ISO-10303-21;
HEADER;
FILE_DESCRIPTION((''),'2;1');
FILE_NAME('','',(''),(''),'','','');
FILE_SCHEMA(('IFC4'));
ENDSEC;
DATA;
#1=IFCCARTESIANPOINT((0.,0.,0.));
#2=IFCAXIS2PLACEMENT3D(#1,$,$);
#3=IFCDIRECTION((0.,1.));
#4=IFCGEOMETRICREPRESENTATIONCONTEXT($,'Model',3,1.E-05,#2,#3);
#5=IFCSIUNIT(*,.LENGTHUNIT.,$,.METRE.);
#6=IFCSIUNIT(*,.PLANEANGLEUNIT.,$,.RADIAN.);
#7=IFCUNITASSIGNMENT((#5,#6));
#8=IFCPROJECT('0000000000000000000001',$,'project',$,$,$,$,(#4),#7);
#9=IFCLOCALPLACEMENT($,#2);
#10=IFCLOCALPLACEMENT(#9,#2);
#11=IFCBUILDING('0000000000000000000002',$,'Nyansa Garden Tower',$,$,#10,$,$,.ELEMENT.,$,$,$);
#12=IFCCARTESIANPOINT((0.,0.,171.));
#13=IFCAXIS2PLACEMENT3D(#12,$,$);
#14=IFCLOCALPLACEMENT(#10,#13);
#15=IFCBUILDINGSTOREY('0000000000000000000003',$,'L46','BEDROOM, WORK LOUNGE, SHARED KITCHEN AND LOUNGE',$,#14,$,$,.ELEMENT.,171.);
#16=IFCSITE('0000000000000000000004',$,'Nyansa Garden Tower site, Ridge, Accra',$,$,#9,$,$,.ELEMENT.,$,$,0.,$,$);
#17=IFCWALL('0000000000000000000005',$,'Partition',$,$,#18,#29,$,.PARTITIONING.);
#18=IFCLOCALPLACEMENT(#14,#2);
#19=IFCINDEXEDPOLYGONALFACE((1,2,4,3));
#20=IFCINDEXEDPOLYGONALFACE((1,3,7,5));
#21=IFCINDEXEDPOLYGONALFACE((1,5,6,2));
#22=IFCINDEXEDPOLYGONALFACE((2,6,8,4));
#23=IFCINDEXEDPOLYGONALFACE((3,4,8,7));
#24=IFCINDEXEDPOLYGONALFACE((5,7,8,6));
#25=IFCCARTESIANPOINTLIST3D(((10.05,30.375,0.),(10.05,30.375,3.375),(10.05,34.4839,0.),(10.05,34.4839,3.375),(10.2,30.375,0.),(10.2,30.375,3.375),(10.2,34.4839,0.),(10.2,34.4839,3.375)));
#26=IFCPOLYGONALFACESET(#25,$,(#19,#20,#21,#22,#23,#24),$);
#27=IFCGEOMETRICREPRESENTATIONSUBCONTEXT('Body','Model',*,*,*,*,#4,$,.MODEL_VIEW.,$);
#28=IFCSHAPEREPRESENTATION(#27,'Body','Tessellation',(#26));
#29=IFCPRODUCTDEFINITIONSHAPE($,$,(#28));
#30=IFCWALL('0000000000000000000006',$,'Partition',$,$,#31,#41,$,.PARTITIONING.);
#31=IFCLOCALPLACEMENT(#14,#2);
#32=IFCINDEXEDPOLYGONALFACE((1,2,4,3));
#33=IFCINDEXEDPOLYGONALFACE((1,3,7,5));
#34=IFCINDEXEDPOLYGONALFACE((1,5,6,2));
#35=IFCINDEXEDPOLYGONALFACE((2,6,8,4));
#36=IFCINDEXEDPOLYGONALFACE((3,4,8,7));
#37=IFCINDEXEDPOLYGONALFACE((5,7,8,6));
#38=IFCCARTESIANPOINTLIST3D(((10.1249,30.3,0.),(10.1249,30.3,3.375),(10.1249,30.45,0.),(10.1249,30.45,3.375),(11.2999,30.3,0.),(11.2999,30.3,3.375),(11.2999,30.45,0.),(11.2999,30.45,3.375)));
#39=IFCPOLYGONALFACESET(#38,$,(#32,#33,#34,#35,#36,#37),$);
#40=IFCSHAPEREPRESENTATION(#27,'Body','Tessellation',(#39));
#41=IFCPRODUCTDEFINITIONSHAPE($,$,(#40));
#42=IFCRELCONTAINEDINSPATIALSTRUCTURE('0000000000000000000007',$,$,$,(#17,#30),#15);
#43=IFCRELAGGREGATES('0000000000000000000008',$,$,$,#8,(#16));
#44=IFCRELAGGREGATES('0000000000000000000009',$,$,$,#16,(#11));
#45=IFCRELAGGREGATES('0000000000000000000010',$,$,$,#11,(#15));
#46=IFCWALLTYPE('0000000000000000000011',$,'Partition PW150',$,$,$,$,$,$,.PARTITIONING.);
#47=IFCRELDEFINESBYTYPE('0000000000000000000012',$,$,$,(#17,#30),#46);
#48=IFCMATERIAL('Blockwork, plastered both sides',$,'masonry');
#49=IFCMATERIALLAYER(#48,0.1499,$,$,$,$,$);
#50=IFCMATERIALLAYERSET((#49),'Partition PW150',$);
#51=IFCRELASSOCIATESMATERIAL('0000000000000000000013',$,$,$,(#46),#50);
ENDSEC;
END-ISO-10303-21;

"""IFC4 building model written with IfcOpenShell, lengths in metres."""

from ifc_helpers import new_model, si_unit, direction, frame, frame_2d, origin, place, context, subcontext, project, spatial, rectangle, extrude, material, layer, layer_set, type_object, element, save


model = new_model("IFC4")

# Units and contexts
model_context = context("Model", 3, precision=1e-05, world=origin(), true_north=direction((0.0, 1.0)))
body_context = subcontext(model_context, "Body", "Model", "MODEL_VIEW")
ifc_project = project(units=[si_unit("LENGTHUNIT", "METRE"), si_unit("PLANEANGLEUNIT", "RADIAN")], contexts=[model_context])

# Site, building, storey
site_placement = place(None, origin())
site = spatial("IfcSite", under=ifc_project, at=site_placement, Name="Nyansa Garden Tower site, Ridge, Accra", CompositionType="ELEMENT", RefElevation=0.0)
building_placement = place(site_placement, origin())
building = spatial("IfcBuilding", under=site, at=building_placement, Name="Nyansa Garden Tower", CompositionType="ELEMENT")
storey_placement = place(building_placement, frame((0.0, 0.0, 171.0)))
storey = spatial("IfcBuildingStorey", under=building, at=storey_placement, Name="L46", Description="BEDROOM, WORK LOUNGE, SHARED KITCHEN AND LOUNGE", CompositionType="ELEMENT", Elevation=171.0)

# Walls
ifc_material_1 = material(Name="Blockwork, plastered both sides", Category="masonry")
ifc_layer_1 = layer(ifc_material_1, 0.1499)
ifc_layer_set_1 = layer_set([ifc_layer_1], Name="Partition PW150")
wall_type_1 = type_object("IfcWallType", Name="Partition PW150", PredefinedType="PARTITIONING", material=ifc_layer_set_1)
wall_1_placement = place(storey_placement, frame((10.125, 30.375, 0.0), z_axis=(0.0, 0.0, 1.0), x_axis=(0.0, 1.0, 0.0)))
element("IfcWall", 1, at=wall_1_placement, inside=storey, type_object=wall_type_1, Name="Partition", PredefinedType="PARTITIONING", context=body_context, shape_type="SweptSolid", body=[
    extrude(rectangle(XDim=4.1089, YDim=0.1499, at=frame_2d((2.0544, 0.0))), origin(), (0.0, 0.0, 1.0), 3.375),
])
wall_2_placement = place(storey_placement, frame((10.125, 30.375, 0.0), z_axis=(0.0, 0.0, 1.0), x_axis=(1.0, 0.0, 0.0)))
element("IfcWall", 2, at=wall_2_placement, inside=storey, type_object=wall_type_1, Name="Partition", PredefinedType="PARTITIONING", context=body_context, shape_type="SweptSolid", body=[
    extrude(rectangle(XDim=1.175, YDim=0.1499, at=frame_2d((0.5874, 0.0))), origin(), (0.0, 0.0, 1.0), 3.375),
])

save(model, "model.ifc")
